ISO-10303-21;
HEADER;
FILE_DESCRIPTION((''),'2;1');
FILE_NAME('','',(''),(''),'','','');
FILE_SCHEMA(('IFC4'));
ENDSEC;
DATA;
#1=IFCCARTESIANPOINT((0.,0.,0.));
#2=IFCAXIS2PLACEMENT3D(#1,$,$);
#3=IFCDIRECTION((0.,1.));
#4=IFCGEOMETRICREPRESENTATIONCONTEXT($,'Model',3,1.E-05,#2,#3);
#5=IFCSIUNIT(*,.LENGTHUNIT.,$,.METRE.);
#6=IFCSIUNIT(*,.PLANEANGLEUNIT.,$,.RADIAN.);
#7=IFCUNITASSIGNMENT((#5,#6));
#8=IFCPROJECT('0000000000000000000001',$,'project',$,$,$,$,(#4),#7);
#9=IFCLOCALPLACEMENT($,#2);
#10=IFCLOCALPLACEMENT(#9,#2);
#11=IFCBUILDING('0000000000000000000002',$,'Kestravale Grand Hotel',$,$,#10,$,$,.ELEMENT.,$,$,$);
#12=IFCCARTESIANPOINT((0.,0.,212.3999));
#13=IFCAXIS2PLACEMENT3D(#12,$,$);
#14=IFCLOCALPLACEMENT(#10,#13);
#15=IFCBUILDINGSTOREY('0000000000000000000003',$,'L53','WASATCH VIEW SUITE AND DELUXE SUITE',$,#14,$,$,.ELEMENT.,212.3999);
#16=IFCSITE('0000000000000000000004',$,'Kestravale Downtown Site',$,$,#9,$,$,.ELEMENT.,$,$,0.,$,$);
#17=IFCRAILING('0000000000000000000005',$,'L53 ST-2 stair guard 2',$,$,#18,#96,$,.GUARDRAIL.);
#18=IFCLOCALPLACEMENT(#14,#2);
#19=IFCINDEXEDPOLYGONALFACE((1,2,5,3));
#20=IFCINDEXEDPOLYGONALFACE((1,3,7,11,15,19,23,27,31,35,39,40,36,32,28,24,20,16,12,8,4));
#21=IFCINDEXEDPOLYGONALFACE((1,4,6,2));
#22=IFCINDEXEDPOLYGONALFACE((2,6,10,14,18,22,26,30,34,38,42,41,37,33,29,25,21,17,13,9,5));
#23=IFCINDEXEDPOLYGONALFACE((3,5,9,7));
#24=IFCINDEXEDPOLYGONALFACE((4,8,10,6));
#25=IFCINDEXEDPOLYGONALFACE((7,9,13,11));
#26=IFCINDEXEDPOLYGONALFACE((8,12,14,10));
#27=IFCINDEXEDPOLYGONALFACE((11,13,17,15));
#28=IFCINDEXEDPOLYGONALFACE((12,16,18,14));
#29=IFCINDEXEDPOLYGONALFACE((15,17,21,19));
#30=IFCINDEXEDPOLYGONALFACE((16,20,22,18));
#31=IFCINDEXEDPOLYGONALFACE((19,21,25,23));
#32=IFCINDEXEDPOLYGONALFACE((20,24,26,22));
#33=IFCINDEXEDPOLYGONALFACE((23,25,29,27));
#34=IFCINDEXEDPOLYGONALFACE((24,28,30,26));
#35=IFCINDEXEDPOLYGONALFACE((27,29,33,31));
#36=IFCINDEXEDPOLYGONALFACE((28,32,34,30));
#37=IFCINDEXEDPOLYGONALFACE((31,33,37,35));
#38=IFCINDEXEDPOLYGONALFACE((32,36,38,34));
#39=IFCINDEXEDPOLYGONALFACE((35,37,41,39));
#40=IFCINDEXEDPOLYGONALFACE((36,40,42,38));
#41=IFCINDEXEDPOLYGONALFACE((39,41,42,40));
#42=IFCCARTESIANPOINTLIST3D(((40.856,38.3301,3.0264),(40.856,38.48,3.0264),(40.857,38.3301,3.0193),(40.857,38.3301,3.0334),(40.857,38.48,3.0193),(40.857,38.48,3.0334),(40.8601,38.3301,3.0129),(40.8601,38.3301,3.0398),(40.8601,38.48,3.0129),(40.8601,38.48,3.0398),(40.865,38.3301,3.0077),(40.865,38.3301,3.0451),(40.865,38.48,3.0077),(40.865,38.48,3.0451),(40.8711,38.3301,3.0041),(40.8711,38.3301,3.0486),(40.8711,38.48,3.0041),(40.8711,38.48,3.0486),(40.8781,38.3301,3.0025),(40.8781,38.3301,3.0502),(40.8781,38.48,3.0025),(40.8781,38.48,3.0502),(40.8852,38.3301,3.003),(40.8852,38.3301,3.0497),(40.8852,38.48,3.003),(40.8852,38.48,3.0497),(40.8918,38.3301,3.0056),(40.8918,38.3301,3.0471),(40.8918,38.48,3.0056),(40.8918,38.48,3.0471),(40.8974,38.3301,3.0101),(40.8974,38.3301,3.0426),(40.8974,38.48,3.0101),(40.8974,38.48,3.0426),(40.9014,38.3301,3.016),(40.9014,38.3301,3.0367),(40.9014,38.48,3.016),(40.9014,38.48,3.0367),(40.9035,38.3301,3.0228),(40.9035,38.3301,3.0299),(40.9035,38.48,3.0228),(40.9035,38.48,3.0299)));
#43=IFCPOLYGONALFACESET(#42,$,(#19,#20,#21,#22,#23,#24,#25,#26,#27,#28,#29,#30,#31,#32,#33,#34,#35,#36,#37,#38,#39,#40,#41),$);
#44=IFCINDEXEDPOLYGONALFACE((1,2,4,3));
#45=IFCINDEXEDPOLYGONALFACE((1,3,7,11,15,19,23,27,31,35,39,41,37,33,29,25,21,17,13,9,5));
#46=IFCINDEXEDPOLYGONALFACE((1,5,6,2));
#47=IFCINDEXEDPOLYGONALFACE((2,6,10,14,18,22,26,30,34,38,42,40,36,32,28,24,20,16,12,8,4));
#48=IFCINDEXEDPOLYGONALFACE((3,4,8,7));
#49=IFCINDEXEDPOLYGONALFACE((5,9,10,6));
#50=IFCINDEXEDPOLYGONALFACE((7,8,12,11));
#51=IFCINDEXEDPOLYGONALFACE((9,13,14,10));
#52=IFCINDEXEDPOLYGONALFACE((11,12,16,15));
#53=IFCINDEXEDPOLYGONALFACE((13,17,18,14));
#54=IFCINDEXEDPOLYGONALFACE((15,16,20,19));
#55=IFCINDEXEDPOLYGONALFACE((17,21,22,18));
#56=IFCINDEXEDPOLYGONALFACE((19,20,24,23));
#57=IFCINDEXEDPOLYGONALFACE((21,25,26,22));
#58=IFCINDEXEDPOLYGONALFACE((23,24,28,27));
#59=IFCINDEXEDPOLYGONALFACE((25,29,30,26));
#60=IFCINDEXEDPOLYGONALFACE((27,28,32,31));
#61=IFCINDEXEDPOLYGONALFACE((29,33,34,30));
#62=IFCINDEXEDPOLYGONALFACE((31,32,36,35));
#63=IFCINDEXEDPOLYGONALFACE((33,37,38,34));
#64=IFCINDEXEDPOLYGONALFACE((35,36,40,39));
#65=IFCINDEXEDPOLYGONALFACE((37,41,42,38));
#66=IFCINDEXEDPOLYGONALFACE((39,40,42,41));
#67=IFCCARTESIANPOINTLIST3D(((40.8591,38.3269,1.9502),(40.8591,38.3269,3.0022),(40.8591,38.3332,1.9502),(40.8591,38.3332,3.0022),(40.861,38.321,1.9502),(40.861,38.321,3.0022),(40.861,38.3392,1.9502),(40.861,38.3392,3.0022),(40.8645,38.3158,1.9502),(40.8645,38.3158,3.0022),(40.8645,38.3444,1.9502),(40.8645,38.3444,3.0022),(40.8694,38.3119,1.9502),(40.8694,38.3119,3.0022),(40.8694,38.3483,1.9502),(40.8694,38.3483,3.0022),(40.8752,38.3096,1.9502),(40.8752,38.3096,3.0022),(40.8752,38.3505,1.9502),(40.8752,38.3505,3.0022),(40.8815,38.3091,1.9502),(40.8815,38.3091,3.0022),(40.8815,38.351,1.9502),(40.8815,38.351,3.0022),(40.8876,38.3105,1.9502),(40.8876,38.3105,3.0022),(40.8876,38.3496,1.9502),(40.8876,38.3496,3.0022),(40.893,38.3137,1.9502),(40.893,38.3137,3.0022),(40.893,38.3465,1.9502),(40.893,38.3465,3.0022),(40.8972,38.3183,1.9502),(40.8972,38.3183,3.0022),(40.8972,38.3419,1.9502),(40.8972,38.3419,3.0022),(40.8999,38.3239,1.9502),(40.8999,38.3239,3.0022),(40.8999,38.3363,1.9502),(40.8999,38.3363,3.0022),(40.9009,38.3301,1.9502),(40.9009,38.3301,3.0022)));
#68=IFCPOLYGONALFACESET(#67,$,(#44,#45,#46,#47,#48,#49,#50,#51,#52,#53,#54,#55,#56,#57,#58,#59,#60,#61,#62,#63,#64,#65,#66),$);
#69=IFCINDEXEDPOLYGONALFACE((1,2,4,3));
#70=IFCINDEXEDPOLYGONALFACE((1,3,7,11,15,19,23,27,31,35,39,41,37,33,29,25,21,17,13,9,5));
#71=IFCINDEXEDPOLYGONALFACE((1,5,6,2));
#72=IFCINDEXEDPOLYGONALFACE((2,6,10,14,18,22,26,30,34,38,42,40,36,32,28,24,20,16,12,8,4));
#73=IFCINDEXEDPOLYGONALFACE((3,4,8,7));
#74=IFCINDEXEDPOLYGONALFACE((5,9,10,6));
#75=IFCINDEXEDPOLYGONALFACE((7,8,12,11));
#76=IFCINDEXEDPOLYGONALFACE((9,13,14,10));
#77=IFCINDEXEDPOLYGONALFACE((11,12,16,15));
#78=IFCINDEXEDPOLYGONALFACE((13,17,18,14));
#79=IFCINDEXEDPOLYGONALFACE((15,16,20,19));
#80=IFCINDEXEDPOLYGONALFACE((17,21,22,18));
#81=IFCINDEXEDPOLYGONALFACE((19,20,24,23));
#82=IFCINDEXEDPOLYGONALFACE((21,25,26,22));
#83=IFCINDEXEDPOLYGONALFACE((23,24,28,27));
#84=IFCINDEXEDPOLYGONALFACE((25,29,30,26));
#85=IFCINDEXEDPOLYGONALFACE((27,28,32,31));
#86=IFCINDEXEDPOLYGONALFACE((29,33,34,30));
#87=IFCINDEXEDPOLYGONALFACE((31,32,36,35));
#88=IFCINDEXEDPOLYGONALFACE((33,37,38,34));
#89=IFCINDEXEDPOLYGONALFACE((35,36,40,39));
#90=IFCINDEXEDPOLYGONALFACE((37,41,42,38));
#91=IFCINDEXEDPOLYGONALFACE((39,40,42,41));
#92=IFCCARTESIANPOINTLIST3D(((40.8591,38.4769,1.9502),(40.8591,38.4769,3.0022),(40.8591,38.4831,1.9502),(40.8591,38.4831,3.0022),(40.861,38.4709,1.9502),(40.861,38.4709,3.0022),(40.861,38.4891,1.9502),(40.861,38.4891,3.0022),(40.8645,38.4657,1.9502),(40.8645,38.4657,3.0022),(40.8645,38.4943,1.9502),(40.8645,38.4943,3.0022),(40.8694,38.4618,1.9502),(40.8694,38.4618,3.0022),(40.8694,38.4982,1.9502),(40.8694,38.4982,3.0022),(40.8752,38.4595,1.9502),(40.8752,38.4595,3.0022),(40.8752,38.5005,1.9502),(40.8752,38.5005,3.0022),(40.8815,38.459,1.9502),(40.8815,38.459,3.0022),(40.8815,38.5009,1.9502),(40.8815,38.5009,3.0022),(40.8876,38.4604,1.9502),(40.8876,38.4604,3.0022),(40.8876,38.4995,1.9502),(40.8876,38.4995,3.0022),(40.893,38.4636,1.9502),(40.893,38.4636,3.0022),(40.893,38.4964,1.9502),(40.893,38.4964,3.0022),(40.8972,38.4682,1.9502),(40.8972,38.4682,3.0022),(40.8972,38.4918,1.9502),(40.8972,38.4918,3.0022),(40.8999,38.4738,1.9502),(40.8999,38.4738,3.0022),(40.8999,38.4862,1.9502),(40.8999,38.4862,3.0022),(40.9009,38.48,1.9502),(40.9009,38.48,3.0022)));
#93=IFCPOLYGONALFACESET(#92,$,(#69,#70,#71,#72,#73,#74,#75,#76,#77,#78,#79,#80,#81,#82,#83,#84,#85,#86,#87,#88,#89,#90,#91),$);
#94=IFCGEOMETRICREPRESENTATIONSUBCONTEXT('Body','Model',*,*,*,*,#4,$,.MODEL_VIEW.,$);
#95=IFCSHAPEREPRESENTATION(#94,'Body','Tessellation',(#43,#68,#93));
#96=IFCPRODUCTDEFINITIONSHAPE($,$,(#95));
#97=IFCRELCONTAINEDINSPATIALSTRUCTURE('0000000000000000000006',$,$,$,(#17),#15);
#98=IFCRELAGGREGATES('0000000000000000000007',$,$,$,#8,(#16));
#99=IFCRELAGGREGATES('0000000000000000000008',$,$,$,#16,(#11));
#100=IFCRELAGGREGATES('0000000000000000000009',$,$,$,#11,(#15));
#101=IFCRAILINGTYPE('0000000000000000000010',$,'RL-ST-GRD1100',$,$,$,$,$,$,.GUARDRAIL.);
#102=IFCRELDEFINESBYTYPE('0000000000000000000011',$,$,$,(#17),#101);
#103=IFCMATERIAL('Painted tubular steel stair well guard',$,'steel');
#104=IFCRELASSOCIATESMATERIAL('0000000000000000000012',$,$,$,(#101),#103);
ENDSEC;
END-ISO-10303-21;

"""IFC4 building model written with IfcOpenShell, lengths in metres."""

from ifc_helpers import new_model, si_unit, direction, frame, origin, origin_2d, place, context, subcontext, project, spatial, circle, extrude, material, type_object, element, save


model = new_model("IFC4")

# Units and contexts
model_context = context("Model", 3, precision=1e-05, world=origin(), true_north=direction((0.0, 1.0)))
body_context = subcontext(model_context, "Body", "Model", "MODEL_VIEW")
ifc_project = project(units=[si_unit("LENGTHUNIT", "METRE"), si_unit("PLANEANGLEUNIT", "RADIAN")], contexts=[model_context])

# Site, building, storey
site_placement = place(None, origin())
site = spatial("IfcSite", under=ifc_project, at=site_placement, Name="Kestravale Downtown Site", CompositionType="ELEMENT", RefElevation=0.0)
building_placement = place(site_placement, origin())
building = spatial("IfcBuilding", under=site, at=building_placement, Name="Kestravale Grand Hotel", CompositionType="ELEMENT")
storey_placement = place(building_placement, frame((0.0, 0.0, 212.3999)))
storey = spatial("IfcBuildingStorey", under=building, at=storey_placement, Name="L53", Description="WASATCH VIEW SUITE AND DELUXE SUITE", CompositionType="ELEMENT", Elevation=212.3999)

# Railing
ifc_material_1 = material(Name="Painted tubular steel stair well guard", Category="steel")
railing_type_1 = type_object("IfcRailingType", Name="RL-ST-GRD1100", PredefinedType="GUARDRAIL", material=ifc_material_1)
railing_1_placement = place(storey_placement, frame((40.8799, 38.3301, 1.9502)))
element("IfcRailing", 1, at=railing_1_placement, inside=storey, type_object=railing_type_1, Name="L53 ST-2 stair guard 2", PredefinedType="GUARDRAIL", context=body_context, shape_type="SweptSolid", body=[
    extrude(circle(Radius=0.0239, at=origin_2d()), frame((0.0, 0.0, 1.0762), z_axis=(0.0, 1.0, 0.0), x_axis=(-1.0, 0.0, 0.0)), (0.0, 0.0, 1.0), 0.1499),
    extrude(circle(Radius=0.021, at=origin_2d()), origin(), (0.0, 0.0, 1.0), 1.052),
    extrude(circle(Radius=0.021, at=origin_2d()), frame((0.0, 0.1499, 0.0)), (0.0, 0.0, 1.0), 1.052),
])

save(model, "model.ifc")
